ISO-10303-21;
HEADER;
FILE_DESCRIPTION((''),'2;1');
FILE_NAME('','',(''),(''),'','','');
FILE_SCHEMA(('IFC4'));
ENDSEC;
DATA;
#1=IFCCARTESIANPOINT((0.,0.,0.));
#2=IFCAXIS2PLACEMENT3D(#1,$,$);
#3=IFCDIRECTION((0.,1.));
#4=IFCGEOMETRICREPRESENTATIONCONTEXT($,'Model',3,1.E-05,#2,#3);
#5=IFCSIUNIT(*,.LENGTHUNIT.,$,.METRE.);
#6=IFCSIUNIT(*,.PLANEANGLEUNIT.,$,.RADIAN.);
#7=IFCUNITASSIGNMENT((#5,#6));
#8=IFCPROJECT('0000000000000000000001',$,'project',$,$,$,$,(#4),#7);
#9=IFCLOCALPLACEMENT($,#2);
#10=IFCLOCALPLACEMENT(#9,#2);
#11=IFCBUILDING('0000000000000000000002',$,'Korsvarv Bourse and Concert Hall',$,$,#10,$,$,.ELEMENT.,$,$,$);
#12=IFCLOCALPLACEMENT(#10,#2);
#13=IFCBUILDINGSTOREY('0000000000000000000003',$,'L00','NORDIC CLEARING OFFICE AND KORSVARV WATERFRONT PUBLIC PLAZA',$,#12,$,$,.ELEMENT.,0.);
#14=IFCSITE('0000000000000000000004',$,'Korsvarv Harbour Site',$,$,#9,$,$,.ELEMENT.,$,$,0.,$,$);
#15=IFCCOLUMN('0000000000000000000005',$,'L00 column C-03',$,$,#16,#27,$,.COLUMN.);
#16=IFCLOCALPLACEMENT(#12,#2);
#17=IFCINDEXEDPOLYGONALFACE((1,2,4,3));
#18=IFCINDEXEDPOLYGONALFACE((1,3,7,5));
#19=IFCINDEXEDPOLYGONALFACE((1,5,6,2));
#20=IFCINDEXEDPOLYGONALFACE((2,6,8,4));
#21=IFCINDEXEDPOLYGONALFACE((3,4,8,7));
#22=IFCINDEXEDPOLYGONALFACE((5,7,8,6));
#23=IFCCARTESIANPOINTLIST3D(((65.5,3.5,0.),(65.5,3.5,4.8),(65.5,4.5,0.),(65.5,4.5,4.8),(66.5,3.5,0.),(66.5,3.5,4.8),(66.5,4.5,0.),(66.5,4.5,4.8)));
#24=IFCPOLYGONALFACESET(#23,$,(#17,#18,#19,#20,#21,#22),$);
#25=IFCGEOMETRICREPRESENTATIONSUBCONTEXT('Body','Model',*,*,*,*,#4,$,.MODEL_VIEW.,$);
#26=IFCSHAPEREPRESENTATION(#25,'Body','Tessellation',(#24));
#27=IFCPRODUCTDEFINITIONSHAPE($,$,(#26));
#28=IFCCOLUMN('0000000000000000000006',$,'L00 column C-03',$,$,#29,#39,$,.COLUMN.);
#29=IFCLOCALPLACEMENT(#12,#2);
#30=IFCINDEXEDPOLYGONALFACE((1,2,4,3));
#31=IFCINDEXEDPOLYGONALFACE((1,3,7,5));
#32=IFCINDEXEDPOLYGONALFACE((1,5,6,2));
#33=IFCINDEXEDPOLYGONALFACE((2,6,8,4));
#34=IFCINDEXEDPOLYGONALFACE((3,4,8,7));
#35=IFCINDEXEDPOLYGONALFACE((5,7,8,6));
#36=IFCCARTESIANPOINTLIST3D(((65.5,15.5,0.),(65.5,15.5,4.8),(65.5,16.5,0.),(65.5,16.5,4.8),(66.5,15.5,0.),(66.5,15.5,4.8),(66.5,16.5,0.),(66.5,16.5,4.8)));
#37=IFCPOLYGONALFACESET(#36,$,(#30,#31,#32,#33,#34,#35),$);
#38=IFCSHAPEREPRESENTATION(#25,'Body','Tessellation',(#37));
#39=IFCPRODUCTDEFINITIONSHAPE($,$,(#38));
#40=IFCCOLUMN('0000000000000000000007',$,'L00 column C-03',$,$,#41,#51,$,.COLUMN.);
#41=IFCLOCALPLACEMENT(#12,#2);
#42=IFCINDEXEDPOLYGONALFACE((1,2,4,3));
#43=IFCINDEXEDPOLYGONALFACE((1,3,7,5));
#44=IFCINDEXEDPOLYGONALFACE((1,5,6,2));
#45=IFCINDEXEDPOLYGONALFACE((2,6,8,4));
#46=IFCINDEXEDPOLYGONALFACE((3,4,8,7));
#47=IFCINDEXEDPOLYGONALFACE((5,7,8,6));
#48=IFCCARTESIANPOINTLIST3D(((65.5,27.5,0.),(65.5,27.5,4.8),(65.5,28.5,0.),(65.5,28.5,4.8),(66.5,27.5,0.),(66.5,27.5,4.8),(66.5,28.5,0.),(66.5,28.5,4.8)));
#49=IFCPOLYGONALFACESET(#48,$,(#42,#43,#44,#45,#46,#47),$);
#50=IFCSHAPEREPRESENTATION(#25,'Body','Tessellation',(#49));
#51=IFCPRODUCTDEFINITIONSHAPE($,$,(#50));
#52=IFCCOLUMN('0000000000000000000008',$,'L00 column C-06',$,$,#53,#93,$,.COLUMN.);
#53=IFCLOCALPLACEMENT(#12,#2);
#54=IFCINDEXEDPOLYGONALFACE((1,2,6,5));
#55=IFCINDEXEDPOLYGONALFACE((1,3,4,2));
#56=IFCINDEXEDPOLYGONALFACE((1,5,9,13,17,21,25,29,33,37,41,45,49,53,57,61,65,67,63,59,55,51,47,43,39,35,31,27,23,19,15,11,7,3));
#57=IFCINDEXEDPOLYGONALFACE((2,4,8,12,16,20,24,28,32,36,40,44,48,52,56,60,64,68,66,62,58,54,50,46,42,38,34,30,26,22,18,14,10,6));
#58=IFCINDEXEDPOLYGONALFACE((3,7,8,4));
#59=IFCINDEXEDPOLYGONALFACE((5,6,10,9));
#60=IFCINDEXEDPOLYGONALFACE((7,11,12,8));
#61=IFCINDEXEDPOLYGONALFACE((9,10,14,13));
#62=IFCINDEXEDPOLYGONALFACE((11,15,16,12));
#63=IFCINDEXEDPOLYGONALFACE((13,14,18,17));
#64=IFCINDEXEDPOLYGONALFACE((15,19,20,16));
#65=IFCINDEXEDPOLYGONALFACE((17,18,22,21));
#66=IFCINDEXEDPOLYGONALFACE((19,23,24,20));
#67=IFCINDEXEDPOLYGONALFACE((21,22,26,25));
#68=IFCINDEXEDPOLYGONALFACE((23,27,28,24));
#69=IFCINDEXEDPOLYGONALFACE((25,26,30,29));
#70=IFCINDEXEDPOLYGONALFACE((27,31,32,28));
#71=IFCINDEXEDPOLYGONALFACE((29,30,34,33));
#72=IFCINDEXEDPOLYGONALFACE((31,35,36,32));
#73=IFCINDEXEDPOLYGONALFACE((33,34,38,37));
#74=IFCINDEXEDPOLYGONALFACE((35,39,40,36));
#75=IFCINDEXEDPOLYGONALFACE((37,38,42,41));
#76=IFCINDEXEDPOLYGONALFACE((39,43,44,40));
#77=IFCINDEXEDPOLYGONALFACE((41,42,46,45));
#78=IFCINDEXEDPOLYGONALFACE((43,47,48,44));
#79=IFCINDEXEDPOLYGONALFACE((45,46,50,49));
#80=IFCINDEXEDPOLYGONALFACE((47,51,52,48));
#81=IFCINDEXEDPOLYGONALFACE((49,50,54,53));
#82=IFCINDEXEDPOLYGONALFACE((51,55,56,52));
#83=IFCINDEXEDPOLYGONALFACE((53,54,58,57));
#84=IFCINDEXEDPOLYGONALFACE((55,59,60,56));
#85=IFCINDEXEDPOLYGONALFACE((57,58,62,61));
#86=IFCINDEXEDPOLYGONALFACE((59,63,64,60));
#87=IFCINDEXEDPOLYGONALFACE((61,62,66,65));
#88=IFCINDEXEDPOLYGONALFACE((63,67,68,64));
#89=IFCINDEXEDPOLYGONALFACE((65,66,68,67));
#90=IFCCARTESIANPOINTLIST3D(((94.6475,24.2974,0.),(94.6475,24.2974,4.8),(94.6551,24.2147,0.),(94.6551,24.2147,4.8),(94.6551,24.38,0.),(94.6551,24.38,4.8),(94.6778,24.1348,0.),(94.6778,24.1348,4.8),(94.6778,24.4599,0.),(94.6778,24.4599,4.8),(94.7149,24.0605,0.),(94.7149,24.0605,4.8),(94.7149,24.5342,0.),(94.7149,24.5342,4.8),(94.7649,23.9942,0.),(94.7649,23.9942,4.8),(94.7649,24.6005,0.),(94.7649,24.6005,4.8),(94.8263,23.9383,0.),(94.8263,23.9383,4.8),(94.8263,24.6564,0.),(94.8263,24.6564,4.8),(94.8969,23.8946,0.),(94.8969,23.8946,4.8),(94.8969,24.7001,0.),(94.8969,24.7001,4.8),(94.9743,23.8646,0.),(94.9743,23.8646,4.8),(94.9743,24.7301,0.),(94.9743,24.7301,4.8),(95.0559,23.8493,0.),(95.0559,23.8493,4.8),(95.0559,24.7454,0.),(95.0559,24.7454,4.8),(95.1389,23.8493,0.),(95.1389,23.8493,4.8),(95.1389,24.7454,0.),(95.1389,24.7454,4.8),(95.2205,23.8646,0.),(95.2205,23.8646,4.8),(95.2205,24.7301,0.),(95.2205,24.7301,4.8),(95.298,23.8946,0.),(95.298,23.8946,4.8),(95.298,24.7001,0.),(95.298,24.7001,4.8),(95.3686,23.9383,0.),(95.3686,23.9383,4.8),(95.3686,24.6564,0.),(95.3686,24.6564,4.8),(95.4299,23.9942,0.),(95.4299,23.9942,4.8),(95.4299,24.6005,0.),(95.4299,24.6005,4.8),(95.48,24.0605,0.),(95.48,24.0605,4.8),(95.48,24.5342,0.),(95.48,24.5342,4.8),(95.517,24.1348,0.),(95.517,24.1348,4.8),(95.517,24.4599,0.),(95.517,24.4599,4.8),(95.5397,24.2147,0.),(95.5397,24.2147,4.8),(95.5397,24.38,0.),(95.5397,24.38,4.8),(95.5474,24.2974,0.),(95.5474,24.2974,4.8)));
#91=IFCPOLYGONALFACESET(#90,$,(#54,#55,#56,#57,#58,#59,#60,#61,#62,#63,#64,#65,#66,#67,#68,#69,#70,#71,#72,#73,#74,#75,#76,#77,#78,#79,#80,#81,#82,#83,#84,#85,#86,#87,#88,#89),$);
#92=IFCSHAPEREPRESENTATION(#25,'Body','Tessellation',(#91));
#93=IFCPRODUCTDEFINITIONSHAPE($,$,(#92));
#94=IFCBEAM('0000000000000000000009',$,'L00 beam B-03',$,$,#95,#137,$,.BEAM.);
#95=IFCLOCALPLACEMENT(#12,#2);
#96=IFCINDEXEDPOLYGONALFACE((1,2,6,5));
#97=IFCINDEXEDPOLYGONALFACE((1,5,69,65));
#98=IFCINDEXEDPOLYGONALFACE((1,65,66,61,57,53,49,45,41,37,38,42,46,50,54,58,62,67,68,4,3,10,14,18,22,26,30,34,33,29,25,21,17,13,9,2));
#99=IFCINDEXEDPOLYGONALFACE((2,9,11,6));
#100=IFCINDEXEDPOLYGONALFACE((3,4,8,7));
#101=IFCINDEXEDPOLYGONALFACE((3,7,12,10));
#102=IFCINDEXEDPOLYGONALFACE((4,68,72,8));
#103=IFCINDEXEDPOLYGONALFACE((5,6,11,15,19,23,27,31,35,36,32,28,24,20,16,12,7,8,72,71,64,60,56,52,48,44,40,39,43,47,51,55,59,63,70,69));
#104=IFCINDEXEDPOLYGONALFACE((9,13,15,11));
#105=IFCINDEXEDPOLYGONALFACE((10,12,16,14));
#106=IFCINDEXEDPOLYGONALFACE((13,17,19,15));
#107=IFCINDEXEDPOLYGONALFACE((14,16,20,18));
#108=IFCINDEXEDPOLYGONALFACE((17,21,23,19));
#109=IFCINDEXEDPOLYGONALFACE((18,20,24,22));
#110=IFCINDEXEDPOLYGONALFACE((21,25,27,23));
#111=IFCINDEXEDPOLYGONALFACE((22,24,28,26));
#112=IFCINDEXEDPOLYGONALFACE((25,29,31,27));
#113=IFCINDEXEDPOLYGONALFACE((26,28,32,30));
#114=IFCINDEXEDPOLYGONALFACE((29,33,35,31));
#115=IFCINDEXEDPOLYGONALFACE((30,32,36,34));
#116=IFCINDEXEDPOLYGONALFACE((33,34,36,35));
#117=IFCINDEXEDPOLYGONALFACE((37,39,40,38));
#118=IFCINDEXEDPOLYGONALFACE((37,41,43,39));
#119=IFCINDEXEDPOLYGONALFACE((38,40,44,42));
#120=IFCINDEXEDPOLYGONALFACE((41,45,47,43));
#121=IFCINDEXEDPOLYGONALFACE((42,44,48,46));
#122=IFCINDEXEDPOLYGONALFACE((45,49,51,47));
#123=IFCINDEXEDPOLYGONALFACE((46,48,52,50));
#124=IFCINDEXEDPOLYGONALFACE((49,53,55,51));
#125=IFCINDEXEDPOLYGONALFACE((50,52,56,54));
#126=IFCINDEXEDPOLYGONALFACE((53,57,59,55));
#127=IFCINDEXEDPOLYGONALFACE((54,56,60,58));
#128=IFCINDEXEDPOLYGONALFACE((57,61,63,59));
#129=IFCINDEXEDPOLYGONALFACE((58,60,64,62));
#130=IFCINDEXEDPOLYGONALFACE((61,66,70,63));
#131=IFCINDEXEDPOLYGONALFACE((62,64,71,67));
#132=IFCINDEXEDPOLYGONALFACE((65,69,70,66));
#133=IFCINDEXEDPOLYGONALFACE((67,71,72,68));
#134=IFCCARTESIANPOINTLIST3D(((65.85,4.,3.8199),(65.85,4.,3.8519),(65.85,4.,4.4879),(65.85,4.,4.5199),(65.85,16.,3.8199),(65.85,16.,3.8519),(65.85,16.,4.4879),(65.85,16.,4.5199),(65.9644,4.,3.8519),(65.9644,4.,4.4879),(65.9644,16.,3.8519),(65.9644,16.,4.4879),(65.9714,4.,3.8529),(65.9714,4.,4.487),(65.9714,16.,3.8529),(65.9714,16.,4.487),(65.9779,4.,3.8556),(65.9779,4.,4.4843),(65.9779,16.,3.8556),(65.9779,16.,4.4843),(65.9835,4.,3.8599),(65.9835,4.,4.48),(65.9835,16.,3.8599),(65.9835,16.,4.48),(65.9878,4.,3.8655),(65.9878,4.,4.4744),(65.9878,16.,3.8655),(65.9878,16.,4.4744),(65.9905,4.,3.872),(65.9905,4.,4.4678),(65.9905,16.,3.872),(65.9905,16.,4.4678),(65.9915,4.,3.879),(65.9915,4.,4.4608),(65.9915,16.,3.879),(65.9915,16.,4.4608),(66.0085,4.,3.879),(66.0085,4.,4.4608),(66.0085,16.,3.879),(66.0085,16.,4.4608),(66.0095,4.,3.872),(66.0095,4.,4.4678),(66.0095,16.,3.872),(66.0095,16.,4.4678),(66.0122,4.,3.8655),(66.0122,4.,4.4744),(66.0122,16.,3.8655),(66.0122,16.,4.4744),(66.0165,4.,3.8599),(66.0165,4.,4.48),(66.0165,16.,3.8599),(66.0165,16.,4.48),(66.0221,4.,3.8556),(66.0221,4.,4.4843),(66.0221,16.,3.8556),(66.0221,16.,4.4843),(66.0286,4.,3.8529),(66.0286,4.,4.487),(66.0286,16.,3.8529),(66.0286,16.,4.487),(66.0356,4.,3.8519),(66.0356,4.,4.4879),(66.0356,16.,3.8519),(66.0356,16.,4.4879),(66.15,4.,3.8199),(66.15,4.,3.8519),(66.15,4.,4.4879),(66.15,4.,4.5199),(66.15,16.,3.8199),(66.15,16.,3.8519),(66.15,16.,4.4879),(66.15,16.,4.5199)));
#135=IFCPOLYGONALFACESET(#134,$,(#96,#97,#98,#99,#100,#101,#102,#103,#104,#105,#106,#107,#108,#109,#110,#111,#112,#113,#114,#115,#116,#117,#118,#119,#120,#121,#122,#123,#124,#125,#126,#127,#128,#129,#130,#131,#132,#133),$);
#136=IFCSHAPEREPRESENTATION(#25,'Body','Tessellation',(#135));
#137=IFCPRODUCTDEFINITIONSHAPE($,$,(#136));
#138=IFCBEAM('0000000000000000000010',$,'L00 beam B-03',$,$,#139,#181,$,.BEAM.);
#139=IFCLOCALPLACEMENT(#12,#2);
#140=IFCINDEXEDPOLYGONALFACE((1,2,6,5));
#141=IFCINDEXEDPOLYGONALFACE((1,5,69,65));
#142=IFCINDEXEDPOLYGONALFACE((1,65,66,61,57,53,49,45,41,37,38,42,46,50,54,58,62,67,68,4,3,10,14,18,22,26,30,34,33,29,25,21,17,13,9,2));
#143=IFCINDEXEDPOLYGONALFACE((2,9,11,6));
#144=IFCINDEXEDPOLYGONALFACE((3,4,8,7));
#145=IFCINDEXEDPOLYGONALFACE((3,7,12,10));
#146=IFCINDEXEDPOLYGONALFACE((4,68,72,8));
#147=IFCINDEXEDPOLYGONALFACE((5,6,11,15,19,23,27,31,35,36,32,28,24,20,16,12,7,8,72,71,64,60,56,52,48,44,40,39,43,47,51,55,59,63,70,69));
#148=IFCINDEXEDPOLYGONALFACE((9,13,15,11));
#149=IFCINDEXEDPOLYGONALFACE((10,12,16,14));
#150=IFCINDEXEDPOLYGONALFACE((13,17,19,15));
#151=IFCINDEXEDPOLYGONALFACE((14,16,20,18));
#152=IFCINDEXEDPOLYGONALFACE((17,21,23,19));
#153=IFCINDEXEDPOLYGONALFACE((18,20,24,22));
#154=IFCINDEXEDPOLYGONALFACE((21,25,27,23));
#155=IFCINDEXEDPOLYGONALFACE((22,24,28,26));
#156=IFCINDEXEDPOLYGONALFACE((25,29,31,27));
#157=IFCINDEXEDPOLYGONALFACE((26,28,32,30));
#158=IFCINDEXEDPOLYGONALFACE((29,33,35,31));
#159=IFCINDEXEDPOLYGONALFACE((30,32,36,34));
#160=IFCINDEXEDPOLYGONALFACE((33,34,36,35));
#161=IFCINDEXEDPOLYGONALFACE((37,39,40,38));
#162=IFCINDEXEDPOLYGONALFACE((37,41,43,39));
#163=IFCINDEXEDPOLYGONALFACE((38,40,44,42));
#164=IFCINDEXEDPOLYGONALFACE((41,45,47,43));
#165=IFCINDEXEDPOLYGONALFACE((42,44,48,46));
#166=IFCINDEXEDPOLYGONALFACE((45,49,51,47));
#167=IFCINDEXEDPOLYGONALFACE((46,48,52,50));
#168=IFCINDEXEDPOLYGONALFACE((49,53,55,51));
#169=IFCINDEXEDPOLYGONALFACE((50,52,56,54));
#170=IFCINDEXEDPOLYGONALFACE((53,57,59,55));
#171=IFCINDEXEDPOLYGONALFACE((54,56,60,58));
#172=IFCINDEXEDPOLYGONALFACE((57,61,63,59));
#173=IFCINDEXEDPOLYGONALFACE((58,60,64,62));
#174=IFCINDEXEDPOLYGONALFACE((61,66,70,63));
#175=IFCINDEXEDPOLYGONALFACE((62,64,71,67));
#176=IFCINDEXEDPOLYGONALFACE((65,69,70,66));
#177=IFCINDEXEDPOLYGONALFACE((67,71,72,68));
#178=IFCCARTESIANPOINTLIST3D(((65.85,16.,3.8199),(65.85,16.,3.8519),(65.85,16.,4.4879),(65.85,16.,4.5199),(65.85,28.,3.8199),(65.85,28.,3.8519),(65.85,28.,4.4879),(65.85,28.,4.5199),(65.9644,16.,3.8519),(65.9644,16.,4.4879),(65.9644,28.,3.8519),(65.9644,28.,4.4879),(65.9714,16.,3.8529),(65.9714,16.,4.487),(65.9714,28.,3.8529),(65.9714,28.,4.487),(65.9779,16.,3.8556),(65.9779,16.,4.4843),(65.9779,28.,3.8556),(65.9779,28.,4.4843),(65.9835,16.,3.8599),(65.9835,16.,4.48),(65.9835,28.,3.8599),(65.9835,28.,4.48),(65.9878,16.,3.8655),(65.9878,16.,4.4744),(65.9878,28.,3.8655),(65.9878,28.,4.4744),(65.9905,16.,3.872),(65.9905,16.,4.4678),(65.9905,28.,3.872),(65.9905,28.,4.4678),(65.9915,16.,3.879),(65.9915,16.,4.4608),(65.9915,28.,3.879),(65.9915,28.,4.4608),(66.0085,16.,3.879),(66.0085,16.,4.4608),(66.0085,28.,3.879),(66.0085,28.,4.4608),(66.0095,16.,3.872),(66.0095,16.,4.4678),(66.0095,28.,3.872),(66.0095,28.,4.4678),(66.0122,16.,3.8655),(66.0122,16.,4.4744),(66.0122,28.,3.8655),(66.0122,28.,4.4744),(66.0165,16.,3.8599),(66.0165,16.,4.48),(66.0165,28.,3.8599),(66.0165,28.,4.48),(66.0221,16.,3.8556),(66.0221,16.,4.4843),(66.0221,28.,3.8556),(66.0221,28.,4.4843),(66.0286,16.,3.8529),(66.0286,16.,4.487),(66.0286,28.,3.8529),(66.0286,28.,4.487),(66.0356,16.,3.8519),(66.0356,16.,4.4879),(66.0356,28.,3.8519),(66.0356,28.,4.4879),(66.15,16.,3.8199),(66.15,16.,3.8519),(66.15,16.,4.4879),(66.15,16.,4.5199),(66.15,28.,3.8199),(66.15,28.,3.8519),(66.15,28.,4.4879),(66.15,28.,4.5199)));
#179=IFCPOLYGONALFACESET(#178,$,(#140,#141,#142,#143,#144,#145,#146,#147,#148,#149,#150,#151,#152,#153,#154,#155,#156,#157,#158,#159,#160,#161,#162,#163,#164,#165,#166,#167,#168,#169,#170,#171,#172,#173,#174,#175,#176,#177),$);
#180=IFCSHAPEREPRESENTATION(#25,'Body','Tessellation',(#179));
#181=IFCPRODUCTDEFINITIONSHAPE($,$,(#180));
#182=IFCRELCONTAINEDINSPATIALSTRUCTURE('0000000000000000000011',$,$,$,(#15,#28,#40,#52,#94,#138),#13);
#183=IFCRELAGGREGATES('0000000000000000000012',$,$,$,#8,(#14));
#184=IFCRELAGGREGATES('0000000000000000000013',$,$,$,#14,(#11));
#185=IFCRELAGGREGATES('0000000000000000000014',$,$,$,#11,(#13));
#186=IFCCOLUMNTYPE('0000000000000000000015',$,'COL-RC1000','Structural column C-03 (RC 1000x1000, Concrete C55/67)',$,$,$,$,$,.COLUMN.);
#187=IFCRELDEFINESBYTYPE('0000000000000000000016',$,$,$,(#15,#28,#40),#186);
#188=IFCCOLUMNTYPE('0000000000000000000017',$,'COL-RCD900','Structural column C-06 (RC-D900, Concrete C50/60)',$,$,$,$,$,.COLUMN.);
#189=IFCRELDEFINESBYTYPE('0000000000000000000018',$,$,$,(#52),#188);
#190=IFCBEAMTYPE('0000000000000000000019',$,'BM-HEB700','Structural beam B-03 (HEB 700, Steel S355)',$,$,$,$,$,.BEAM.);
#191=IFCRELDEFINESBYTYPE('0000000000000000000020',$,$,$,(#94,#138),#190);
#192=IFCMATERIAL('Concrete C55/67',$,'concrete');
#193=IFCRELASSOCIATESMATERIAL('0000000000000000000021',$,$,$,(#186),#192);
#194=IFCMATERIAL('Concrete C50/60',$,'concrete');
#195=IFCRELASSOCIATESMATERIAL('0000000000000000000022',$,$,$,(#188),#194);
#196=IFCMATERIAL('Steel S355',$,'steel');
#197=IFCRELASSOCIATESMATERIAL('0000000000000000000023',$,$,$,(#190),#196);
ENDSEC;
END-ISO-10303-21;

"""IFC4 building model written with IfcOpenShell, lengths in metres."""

from ifc_helpers import new_model, si_unit, direction, frame, origin, origin_2d, place, context, subcontext, project, spatial, rectangle, circle, i_section, extrude, source, transform, mapped, material, material_profile, profile_set, type_object, element, save


model = new_model("IFC4")

# Units and contexts
model_context = context("Model", 3, precision=1e-05, world=origin(), true_north=direction((0.0, 1.0)))
body_context = subcontext(model_context, "Body", "Model", "MODEL_VIEW")
ifc_project = project(units=[si_unit("LENGTHUNIT", "METRE"), si_unit("PLANEANGLEUNIT", "RADIAN")], contexts=[model_context])

# Site, building, storey
site_placement = place(None, origin())
site = spatial("IfcSite", under=ifc_project, at=site_placement, Name="Korsvarv Harbour Site", CompositionType="ELEMENT", RefElevation=0.0)
building_placement = place(site_placement, origin())
building = spatial("IfcBuilding", under=site, at=building_placement, Name="Korsvarv Bourse and Concert Hall", CompositionType="ELEMENT")
storey_placement = place(building_placement, origin())
storey = spatial("IfcBuildingStorey", under=building, at=storey_placement, Name="L00", Description="NORDIC CLEARING OFFICE AND KORSVARV WATERFRONT PUBLIC PLAZA", CompositionType="ELEMENT", Elevation=0.0)

# Columns
ifc_material_1 = material(Name="Concrete C55/67", Category="concrete")
ifc_material_profile_1 = material_profile(ifc_material_1, rectangle(XDim=1.0, YDim=1.0, at=origin_2d()), Name="RC 1000x1000")
ifc_profile_set_1 = profile_set([ifc_material_profile_1], Name="Concrete C55/67")
column_type_1 = type_object("IfcColumnType", Name="COL-RC1000", Description="Structural column C-03 (RC 1000x1000, Concrete C55/67)", PredefinedType="COLUMN", material=ifc_profile_set_1)
shared_shape_1 = source(origin(), body_context, "Body", "SweptSolid", [
    extrude(rectangle(XDim=1.0, YDim=1.0, at=origin_2d()), origin(), (0.0, 0.0, 1.0), 4.8),
])
for number, where, z_axis, x_axis, name in (
    (1, (66.0, 4.0, 0.0), (0.0, 0.0, 1.0), (1.0, 0.0, 0.0), "L00 column C-03"),
    (2, (66.0, 16.0, 0.0), (0.0, 0.0, 1.0), (1.0, 0.0, 0.0), "L00 column C-03"),
    (3, (66.0, 28.0, 0.0), (0.0, 0.0, 1.0), (1.0, 0.0, 0.0), "L00 column C-03"),
):
    element("IfcColumn", number, at=place(storey_placement, frame(where, z_axis=z_axis, x_axis=x_axis)), inside=storey, type_object=column_type_1, Name=name, PredefinedType="COLUMN", context=body_context, shape_type="MappedRepresentation", body=[
        mapped(shared_shape_1, transform((0.0, 0.0, 0.0), scale=1.0)),
    ])
ifc_material_2 = material(Name="Concrete C50/60", Category="concrete")
ifc_material_profile_2 = material_profile(ifc_material_2, circle(Radius=0.45, at=origin_2d()), Name="RC-D900")
ifc_profile_set_2 = profile_set([ifc_material_profile_2], Name="Concrete C50/60")
column_type_2 = type_object("IfcColumnType", Name="COL-RCD900", Description="Structural column C-06 (RC-D900, Concrete C50/60)", PredefinedType="COLUMN", material=ifc_profile_set_2)
shared_shape_2 = source(origin(), body_context, "Body", "SweptSolid", [
    extrude(circle(Radius=0.45, at=origin_2d()), origin(), (0.0, 0.0, 1.0), 4.8),
])
column_placement = place(storey_placement, frame((95.0974, 24.2974, 0.0), z_axis=(0.0, 0.0, 1.0), x_axis=(1.0, 0.0, 0.0)))
element("IfcColumn", 4, at=column_placement, inside=storey, type_object=column_type_2, Name="L00 column C-06", PredefinedType="COLUMN", context=body_context, shape_type="MappedRepresentation", body=[
    mapped(shared_shape_2, transform((0.0, 0.0, 0.0), scale=1.0)),
])

# Beams
ifc_material_3 = material(Name="Steel S355", Category="steel")
ifc_material_profile_3 = material_profile(ifc_material_3, i_section(OverallWidth=0.3, OverallDepth=0.7, WebThickness=0.0171, FlangeThickness=0.032, FilletRadius=0.0271, at=origin_2d()), Name="HEB 700")
ifc_profile_set_3 = profile_set([ifc_material_profile_3], Name="Steel S355")
beam_type_1 = type_object("IfcBeamType", Name="BM-HEB700", Description="Structural beam B-03 (HEB 700, Steel S355)", PredefinedType="BEAM", material=ifc_profile_set_3)
shared_shape_3 = source(origin(), body_context, "Body", "SweptSolid", [
    extrude(i_section(OverallWidth=0.3, OverallDepth=0.7, WebThickness=0.0171, FlangeThickness=0.032, FilletRadius=0.0271, at=origin_2d()), origin(), (0.0, 0.0, 1.0), 12.0),
])
for number, where, z_axis, x_axis, name in (
    (5, (66.0, 4.0, 4.1699), (0.0, 1.0, 0.0), (-1.0, 0.0, 0.0), "L00 beam B-03"),
    (6, (66.0, 16.0, 4.1699), (0.0, 1.0, 0.0), (-1.0, 0.0, 0.0), "L00 beam B-03"),
):
    element("IfcBeam", number, at=place(storey_placement, frame(where, z_axis=z_axis, x_axis=x_axis)), inside=storey, type_object=beam_type_1, Name=name, PredefinedType="BEAM", context=body_context, shape_type="MappedRepresentation", body=[
        mapped(shared_shape_3, transform((0.0, 0.0, 0.0), scale=1.0)),
    ])

save(model, "model.ifc")
